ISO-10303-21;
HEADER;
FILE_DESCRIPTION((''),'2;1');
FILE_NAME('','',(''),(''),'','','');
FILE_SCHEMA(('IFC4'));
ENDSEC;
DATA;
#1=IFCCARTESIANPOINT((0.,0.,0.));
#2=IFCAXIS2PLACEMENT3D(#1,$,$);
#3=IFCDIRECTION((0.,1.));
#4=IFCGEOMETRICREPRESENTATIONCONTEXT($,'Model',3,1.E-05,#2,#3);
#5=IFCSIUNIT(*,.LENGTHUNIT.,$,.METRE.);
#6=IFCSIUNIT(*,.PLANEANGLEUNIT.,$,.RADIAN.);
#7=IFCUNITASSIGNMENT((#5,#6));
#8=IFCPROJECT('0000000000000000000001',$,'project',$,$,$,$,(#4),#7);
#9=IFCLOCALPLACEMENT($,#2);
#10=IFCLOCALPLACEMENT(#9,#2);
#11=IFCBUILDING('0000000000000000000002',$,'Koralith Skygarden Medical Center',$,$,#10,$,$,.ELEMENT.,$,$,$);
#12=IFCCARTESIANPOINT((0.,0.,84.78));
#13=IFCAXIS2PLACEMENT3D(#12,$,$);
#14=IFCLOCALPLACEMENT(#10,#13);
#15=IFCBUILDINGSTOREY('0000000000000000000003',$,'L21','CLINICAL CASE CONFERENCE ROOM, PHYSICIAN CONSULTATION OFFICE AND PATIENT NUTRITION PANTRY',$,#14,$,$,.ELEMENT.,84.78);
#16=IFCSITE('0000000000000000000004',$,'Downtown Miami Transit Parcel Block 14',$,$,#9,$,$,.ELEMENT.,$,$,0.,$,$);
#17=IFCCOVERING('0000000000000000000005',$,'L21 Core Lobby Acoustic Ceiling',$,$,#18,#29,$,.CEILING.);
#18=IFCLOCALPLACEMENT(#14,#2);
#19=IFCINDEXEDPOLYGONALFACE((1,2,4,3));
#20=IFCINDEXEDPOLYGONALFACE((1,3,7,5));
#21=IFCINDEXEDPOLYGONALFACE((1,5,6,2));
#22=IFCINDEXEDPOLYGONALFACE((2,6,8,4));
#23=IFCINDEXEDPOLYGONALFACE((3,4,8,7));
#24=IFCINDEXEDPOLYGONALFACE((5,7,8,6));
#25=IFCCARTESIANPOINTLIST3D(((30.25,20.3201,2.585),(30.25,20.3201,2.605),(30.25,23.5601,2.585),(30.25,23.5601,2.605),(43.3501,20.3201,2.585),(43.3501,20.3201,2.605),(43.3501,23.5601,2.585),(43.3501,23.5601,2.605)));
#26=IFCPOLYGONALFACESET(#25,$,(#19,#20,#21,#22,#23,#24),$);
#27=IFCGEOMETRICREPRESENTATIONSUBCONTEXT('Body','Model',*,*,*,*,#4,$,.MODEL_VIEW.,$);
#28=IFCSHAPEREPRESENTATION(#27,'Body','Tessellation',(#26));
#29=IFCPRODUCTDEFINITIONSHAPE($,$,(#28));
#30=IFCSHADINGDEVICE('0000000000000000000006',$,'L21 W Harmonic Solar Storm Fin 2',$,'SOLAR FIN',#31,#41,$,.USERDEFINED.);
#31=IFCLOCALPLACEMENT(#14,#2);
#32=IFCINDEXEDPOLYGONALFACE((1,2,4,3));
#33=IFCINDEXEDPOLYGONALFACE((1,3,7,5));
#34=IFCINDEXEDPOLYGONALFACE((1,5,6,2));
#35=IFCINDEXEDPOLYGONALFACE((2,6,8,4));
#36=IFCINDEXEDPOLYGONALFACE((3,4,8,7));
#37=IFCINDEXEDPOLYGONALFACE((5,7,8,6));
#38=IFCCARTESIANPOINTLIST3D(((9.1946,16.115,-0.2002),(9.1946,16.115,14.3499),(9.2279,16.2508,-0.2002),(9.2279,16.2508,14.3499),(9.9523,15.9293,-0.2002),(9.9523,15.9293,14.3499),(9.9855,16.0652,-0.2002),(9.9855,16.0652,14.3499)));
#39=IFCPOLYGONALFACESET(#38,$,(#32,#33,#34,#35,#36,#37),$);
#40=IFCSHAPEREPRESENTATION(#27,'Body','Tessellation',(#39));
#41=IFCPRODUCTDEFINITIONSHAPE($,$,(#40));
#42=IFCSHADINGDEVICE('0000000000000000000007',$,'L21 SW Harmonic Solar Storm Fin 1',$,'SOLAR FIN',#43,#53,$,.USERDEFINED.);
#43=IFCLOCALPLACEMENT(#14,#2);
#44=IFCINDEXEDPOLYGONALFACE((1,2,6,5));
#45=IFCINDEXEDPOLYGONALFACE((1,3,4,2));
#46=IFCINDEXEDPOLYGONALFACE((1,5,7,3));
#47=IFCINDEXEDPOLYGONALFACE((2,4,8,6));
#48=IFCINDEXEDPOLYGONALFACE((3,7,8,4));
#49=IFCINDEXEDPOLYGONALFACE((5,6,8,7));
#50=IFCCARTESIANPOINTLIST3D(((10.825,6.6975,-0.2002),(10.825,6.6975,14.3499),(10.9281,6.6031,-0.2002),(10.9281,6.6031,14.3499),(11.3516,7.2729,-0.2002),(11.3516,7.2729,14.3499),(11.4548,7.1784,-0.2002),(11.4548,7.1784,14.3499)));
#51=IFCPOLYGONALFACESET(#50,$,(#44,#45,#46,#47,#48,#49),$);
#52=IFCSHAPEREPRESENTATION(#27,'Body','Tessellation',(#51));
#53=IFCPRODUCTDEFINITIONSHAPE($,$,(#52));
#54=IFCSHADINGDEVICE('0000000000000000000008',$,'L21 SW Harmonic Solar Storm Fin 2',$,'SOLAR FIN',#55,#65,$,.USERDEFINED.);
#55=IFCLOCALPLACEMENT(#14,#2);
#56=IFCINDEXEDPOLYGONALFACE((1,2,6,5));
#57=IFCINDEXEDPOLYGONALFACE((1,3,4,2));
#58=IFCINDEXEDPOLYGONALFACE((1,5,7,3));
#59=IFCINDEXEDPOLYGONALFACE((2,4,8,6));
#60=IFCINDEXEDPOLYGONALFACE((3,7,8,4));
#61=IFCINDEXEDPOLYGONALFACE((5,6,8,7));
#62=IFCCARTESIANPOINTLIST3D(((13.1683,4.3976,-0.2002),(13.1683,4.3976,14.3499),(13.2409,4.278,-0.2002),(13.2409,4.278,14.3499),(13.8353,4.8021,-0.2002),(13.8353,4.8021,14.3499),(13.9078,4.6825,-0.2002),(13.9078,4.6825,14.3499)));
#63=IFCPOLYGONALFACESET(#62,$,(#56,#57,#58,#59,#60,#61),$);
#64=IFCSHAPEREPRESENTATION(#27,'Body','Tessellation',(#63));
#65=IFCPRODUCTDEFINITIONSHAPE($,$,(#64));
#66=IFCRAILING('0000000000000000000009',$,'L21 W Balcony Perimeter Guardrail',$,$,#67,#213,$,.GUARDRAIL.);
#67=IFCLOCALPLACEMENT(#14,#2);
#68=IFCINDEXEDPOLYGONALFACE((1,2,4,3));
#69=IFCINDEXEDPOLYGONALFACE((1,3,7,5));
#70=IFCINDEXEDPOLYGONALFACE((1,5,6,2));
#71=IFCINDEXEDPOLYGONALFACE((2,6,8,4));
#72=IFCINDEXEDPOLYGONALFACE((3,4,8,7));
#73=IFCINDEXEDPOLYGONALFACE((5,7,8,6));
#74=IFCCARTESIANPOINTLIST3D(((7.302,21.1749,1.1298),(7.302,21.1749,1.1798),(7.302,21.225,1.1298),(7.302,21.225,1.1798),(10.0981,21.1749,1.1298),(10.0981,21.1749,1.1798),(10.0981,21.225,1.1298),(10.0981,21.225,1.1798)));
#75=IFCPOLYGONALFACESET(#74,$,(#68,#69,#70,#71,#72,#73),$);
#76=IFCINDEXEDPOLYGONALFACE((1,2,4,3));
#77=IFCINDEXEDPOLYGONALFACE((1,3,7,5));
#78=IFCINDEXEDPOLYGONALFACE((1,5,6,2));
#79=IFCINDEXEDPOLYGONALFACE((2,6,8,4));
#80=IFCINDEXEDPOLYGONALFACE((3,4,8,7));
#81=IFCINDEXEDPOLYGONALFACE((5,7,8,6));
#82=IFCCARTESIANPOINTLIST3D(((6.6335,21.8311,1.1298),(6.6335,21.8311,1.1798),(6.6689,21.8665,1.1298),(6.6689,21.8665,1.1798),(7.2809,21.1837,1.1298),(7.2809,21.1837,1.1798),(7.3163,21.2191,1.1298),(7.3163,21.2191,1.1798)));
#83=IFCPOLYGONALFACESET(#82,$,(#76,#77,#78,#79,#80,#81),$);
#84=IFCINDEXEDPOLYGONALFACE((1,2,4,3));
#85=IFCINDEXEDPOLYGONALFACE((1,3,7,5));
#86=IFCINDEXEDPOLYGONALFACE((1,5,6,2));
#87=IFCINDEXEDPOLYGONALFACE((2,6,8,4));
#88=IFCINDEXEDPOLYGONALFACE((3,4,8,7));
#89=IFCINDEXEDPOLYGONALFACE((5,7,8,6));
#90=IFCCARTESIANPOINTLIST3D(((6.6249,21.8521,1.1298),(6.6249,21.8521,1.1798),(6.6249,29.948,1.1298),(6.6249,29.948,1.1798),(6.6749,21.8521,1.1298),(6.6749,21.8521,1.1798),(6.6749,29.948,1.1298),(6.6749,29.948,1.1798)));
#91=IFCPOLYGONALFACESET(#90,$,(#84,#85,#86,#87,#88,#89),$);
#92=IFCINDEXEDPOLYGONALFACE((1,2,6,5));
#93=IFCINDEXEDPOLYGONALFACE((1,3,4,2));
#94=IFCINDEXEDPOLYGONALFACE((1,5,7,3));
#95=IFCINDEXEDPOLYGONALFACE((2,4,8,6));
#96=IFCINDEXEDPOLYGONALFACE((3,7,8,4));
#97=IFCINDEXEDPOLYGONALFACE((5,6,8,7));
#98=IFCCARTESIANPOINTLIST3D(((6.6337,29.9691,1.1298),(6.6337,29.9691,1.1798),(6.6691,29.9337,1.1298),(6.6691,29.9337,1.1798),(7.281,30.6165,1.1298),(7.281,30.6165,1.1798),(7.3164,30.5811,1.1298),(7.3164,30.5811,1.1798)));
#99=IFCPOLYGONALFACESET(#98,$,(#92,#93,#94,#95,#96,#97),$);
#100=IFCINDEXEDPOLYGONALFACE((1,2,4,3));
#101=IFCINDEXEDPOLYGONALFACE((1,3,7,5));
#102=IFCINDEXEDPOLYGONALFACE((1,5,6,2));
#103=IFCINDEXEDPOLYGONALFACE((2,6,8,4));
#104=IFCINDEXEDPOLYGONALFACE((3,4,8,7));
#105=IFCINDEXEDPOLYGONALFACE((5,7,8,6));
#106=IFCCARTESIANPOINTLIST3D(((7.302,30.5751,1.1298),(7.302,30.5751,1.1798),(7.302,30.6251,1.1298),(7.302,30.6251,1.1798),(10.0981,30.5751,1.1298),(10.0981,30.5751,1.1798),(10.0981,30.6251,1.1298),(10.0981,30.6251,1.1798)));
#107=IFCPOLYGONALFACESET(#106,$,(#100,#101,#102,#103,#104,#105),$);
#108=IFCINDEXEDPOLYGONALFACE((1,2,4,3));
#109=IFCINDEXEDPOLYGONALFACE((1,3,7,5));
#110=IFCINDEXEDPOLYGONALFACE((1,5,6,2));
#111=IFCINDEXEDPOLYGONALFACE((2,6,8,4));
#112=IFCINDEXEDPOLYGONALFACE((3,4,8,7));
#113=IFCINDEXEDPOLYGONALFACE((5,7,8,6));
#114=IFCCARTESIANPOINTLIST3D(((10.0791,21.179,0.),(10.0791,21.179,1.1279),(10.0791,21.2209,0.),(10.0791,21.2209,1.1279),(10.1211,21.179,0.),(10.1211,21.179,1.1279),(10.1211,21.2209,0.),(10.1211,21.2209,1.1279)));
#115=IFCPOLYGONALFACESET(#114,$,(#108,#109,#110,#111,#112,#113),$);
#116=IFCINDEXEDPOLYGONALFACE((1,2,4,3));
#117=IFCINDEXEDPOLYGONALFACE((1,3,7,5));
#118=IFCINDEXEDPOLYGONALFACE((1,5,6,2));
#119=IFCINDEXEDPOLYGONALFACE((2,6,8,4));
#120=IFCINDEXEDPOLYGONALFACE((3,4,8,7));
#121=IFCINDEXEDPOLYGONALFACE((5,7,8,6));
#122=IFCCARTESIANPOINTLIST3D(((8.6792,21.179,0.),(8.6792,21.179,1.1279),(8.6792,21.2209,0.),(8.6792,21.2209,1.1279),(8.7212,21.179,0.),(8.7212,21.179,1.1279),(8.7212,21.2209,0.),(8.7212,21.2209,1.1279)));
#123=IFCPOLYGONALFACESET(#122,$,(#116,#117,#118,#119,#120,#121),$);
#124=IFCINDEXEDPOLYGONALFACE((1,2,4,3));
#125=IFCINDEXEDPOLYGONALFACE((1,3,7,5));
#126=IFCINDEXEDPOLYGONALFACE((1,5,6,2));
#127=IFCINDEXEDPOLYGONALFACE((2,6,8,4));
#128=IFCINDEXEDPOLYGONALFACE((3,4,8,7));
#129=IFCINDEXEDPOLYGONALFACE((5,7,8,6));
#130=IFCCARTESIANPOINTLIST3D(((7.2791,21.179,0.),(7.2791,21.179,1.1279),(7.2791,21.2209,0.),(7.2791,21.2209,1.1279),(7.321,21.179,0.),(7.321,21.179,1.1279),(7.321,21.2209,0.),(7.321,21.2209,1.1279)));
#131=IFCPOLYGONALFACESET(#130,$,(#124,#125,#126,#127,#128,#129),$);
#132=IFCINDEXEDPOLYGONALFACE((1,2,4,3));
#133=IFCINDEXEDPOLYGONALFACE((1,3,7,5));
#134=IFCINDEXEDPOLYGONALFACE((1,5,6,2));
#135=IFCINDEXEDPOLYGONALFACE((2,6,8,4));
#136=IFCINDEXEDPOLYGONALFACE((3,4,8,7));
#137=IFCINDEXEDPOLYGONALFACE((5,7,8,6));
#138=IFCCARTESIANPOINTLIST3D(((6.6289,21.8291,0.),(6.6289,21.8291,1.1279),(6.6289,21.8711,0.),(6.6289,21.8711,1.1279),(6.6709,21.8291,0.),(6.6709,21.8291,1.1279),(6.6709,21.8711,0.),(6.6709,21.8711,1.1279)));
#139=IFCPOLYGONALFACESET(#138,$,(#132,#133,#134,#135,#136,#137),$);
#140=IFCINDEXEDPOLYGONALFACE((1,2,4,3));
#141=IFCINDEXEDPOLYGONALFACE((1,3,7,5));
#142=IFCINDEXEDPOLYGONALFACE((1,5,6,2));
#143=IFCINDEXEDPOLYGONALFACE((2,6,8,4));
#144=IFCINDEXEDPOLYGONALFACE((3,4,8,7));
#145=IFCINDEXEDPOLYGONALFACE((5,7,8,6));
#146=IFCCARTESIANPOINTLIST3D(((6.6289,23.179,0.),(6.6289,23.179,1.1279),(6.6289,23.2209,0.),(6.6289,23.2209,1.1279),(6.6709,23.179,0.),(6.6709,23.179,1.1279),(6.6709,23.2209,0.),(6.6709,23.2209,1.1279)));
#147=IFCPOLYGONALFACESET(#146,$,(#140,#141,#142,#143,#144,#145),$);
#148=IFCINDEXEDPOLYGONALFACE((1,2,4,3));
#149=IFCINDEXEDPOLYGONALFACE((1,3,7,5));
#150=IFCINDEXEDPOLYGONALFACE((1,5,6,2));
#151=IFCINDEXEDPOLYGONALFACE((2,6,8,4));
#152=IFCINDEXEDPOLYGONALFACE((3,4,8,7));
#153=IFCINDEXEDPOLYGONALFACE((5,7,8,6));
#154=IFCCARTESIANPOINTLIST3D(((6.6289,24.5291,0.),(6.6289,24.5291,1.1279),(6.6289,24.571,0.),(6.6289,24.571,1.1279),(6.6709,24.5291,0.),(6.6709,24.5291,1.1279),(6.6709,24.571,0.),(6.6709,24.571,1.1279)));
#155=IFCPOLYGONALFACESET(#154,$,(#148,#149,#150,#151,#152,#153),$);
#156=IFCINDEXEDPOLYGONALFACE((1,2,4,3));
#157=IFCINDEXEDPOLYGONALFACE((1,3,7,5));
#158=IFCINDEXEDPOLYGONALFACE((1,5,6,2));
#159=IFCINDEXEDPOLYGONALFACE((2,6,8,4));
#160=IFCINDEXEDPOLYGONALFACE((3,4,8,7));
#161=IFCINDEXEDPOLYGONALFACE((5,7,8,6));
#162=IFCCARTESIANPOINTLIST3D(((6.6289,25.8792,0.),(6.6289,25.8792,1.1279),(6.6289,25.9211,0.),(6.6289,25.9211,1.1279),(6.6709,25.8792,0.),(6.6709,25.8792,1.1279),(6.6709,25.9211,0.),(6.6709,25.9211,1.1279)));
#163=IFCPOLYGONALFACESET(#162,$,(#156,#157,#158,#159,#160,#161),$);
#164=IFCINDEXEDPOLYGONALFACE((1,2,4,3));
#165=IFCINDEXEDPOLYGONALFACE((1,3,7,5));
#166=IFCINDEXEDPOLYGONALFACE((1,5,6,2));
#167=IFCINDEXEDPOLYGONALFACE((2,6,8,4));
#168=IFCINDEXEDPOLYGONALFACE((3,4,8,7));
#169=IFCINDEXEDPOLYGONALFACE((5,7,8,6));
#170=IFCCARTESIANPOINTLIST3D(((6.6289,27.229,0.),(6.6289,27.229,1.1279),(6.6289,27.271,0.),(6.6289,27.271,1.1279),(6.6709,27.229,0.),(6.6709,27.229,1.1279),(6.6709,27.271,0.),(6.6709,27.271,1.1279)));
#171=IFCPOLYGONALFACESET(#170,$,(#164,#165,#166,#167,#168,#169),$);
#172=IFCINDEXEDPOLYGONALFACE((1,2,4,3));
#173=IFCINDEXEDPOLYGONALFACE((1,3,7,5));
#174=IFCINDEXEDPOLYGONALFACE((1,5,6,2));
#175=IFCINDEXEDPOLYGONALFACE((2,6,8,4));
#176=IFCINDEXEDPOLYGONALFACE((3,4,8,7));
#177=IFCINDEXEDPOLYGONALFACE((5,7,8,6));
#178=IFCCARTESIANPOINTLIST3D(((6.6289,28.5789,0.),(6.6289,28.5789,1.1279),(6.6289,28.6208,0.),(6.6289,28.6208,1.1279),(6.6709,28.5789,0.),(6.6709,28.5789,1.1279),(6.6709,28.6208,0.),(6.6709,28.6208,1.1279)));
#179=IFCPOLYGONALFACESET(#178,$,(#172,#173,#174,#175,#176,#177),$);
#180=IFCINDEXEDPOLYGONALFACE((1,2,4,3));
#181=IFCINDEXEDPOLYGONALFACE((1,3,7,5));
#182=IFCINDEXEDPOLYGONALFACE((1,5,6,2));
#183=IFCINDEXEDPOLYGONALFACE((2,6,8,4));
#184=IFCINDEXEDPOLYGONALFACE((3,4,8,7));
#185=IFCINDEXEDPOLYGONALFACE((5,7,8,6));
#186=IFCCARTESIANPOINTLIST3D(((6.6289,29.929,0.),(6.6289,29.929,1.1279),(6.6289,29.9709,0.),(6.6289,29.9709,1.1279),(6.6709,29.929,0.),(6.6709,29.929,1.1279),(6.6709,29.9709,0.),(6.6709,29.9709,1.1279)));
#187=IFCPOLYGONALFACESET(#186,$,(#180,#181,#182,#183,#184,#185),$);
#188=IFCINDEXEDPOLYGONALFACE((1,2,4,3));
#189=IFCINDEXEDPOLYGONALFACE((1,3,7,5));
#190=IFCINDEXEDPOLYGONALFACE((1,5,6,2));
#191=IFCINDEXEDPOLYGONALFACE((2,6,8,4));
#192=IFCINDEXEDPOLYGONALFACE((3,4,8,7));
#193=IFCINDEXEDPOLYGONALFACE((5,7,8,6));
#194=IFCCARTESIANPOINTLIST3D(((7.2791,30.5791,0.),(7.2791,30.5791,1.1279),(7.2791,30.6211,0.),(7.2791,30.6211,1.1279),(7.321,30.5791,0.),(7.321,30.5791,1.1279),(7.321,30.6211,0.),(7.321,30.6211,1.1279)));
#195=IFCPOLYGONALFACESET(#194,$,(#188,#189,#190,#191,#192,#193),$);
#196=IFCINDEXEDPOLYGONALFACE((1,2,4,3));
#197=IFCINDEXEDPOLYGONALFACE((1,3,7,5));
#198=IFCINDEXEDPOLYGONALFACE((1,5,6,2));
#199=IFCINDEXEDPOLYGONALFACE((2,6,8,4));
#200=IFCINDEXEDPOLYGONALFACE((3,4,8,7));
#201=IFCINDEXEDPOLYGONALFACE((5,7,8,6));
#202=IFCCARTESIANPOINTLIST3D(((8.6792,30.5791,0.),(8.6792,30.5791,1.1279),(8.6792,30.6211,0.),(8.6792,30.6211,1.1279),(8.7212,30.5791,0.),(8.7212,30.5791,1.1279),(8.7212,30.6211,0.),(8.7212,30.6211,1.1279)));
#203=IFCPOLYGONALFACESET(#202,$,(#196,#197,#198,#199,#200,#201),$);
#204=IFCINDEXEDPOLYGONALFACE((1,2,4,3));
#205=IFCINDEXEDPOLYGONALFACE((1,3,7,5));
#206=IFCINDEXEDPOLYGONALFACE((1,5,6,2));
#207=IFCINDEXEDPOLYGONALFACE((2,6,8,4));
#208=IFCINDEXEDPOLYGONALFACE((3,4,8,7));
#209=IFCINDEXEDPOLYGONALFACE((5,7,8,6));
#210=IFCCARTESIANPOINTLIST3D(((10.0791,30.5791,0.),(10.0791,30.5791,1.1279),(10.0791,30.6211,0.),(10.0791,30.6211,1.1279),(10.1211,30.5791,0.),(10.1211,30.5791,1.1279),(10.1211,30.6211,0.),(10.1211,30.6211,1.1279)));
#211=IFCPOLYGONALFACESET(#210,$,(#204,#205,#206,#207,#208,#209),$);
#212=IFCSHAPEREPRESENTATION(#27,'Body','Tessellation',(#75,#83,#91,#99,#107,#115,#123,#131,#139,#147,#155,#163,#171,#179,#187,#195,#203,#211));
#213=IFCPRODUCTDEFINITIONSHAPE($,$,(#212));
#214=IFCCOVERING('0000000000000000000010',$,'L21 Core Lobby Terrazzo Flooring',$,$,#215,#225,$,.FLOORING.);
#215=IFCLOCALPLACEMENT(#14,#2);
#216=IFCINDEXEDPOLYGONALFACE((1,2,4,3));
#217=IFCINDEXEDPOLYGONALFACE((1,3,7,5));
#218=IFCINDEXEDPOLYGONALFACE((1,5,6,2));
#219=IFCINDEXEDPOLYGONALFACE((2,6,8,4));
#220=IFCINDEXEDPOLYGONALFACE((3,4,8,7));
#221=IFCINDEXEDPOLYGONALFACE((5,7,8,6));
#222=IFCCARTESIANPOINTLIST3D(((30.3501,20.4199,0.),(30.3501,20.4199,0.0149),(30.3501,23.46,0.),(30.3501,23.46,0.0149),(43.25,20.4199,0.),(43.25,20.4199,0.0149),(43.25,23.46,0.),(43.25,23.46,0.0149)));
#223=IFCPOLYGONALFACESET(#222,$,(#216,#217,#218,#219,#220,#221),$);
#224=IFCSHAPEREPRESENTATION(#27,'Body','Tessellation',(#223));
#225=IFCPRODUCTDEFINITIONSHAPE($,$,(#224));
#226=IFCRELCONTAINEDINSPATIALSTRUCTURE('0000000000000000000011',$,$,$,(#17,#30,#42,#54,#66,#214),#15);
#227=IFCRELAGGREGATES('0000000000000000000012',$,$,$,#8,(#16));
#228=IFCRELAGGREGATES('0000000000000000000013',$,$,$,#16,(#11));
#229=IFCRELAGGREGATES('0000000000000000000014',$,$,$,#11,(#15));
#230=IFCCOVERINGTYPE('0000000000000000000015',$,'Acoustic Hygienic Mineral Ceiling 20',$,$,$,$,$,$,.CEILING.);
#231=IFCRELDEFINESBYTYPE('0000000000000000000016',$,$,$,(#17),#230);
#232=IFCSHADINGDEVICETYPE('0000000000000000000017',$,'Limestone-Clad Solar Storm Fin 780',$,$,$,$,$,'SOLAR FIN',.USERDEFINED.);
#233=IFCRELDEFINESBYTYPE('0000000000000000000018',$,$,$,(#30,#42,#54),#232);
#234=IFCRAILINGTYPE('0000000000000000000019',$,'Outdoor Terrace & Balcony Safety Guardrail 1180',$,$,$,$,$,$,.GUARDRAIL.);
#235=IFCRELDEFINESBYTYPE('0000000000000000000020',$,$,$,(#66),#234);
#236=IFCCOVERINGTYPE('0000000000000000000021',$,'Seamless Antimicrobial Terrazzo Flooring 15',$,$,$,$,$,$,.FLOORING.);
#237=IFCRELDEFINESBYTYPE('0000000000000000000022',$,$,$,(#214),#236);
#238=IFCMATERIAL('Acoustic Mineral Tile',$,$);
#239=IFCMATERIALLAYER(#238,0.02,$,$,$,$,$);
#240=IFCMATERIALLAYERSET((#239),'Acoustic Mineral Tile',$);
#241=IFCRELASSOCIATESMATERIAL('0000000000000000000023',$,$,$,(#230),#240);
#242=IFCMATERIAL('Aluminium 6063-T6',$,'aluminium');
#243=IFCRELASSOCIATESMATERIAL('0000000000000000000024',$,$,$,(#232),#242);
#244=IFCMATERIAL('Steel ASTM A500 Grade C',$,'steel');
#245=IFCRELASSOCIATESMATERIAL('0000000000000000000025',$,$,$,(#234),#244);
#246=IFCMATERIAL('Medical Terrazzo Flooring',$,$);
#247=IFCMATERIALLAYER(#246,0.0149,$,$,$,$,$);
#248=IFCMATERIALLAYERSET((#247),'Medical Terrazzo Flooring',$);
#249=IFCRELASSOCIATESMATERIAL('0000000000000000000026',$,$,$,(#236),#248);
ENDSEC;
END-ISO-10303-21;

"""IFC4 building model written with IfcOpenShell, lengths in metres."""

from ifc_helpers import new_model, si_unit, direction, frame, origin, origin_2d, place, context, subcontext, project, spatial, polyline, rectangle, outline, extrude, material, layer, layer_set, type_object, element, save


model = new_model("IFC4")

# Units and contexts
model_context = context("Model", 3, precision=1e-05, world=origin(), true_north=direction((0.0, 1.0)))
body_context = subcontext(model_context, "Body", "Model", "MODEL_VIEW")
ifc_project = project(units=[si_unit("LENGTHUNIT", "METRE"), si_unit("PLANEANGLEUNIT", "RADIAN")], contexts=[model_context])

# Site, building, storey
site_placement = place(None, origin())
site = spatial("IfcSite", under=ifc_project, at=site_placement, Name="Downtown Miami Transit Parcel Block 14", CompositionType="ELEMENT", RefElevation=0.0)
building_placement = place(site_placement, origin())
building = spatial("IfcBuilding", under=site, at=building_placement, Name="Koralith Skygarden Medical Center", CompositionType="ELEMENT")
storey_placement = place(building_placement, frame((0.0, 0.0, 84.78)))
storey = spatial("IfcBuildingStorey", under=building, at=storey_placement, Name="L21", Description="CLINICAL CASE CONFERENCE ROOM, PHYSICIAN CONSULTATION OFFICE AND PATIENT NUTRITION PANTRY", CompositionType="ELEMENT", Elevation=84.78)

# Shared definitions
ifc_material_1 = material(Name="Aluminium 6063-T6", Category="aluminium")

# Covering
ifc_material_2 = material(Name="Acoustic Mineral Tile")
ifc_layer_1 = layer(ifc_material_2, 0.02)
ifc_layer_set_1 = layer_set([ifc_layer_1], Name="Acoustic Mineral Tile")
covering_type_1 = type_object("IfcCoveringType", Name="Acoustic Hygienic Mineral Ceiling 20", PredefinedType="CEILING", material=ifc_layer_set_1)
covering_1_placement = place(storey_placement, frame((0.0, 0.0, 2.585)))
element("IfcCovering", 1, at=covering_1_placement, inside=storey, type_object=covering_type_1, Name="L21 Core Lobby Acoustic Ceiling", PredefinedType="CEILING", context=body_context, shape_type="SweptSolid", body=[
    extrude(outline(polyline([(30.25, 20.3201), (43.3501, 20.3201), (43.3501, 23.5601), (30.25, 23.5601), (30.25, 20.3201)])), origin(), (0.0, 0.0, 1.0), 0.02),
])

# Shading devices
shading_device_type = type_object("IfcShadingDeviceType", Name="Limestone-Clad Solar Storm Fin 780", ElementType="SOLAR FIN", PredefinedType="USERDEFINED", material=ifc_material_1)
for number, where, z_axis, x_axis, name in (
    (2, (9.5901, 16.0901, -0.2002), (0.0, 0.0, 1.0), (-0.971272, 0.237974, 0.0), "L21 W Harmonic Solar Storm Fin 2"),
    (3, (11.1399, 6.938, -0.2002), (0.0, 0.0, 1.0), (-0.675204, -0.737631, 0.0), "L21 SW Harmonic Solar Storm Fin 1"),
    (4, (13.5381, 4.54, -0.2002), (0.0, 0.0, 1.0), (-0.855066, -0.51852, 0.0), "L21 SW Harmonic Solar Storm Fin 2"),
):
    element("IfcShadingDevice", number, at=place(storey_placement, frame(where, z_axis=z_axis, x_axis=x_axis)), inside=storey, type_object=shading_device_type, Name=name, ObjectType="SOLAR FIN", PredefinedType="USERDEFINED", context=body_context, shape_type="SweptSolid", body=[
        extrude(rectangle(XDim=0.78, YDim=0.1399, at=origin_2d()), origin(), (0.0, 0.0, 1.0), 14.55),
    ])

# Railing
ifc_material_3 = material(Name="Steel ASTM A500 Grade C", Category="steel")
railing_type = type_object("IfcRailingType", Name="Outdoor Terrace & Balcony Safety Guardrail 1180", PredefinedType="GUARDRAIL", material=ifc_material_3)
railing_placement = place(storey_placement, frame((10.1001, 21.2, 0.0)))
element("IfcRailing", 5, at=railing_placement, inside=storey, type_object=railing_type, Name="L21 W Balcony Perimeter Guardrail", PredefinedType="GUARDRAIL", context=body_context, shape_type="SweptSolid", body=[
    extrude(rectangle(XDim=0.05, YDim=0.05, at=origin_2d()), frame((-0.002, 0.0, 1.1548), z_axis=(-1.0, 0.0, 0.0), x_axis=(0.0, -1.0, 0.0)), (0.0, 0.0, 1.0), 2.7961),
    extrude(rectangle(XDim=0.05, YDim=0.05, at=origin_2d()), frame((-2.8015, 0.0015, 1.1548), z_axis=(-0.707107, 0.707107, 0.0), x_axis=(-0.707107, -0.707107, 0.0)), (0.0, 0.0, 1.0), 0.9155),
    extrude(rectangle(XDim=0.05, YDim=0.05, at=origin_2d()), frame((-3.4502, 0.6521, 1.1548), z_axis=(0.0, 1.0, 0.0), x_axis=(-1.0, 0.0, 0.0)), (0.0, 0.0, 1.0), 8.0959),
    extrude(rectangle(XDim=0.05, YDim=0.05, at=origin_2d()), frame((-3.4487, 8.7515, 1.1548), z_axis=(0.707107, 0.707107, 0.0), x_axis=(-0.707107, 0.707107, 0.0)), (0.0, 0.0, 1.0), 0.9155),
    extrude(rectangle(XDim=0.05, YDim=0.05, at=origin_2d()), frame((-2.7981, 9.4001, 1.1548), z_axis=(1.0, 0.0, 0.0), x_axis=(0.0, 1.0, 0.0)), (0.0, 0.0, 1.0), 2.7961),
    extrude(rectangle(XDim=0.042, YDim=0.042, at=origin_2d()), origin(), (0.0, 0.0, 1.0), 1.1279),
    extrude(rectangle(XDim=0.042, YDim=0.042, at=origin_2d()), frame((-1.3999, 0.0, 0.0)), (0.0, 0.0, 1.0), 1.1279),
    extrude(rectangle(XDim=0.042, YDim=0.042, at=origin_2d()), frame((-2.8, 0.0, 0.0)), (0.0, 0.0, 1.0), 1.1279),
    extrude(rectangle(XDim=0.042, YDim=0.042, at=origin_2d()), frame((-3.4502, 0.6501, 0.0)), (0.0, 0.0, 1.0), 1.1279),
    extrude(rectangle(XDim=0.042, YDim=0.042, at=origin_2d()), frame((-3.4502, 2.0, 0.0)), (0.0, 0.0, 1.0), 1.1279),
    extrude(rectangle(XDim=0.042, YDim=0.042, at=origin_2d()), frame((-3.4502, 3.3501, 0.0)), (0.0, 0.0, 1.0), 1.1279),
    extrude(rectangle(XDim=0.042, YDim=0.042, at=origin_2d()), frame((-3.4502, 4.7002, 0.0)), (0.0, 0.0, 1.0), 1.1279),
    extrude(rectangle(XDim=0.042, YDim=0.042, at=origin_2d()), frame((-3.4502, 6.05, 0.0)), (0.0, 0.0, 1.0), 1.1279),
    extrude(rectangle(XDim=0.042, YDim=0.042, at=origin_2d()), frame((-3.4502, 7.3999, 0.0)), (0.0, 0.0, 1.0), 1.1279),
    extrude(rectangle(XDim=0.042, YDim=0.042, at=origin_2d()), frame((-3.4502, 8.75, 0.0)), (0.0, 0.0, 1.0), 1.1279),
    extrude(rectangle(XDim=0.042, YDim=0.042, at=origin_2d()), frame((-2.8, 9.4001, 0.0)), (0.0, 0.0, 1.0), 1.1279),
    extrude(rectangle(XDim=0.042, YDim=0.042, at=origin_2d()), frame((-1.3999, 9.4001, 0.0)), (0.0, 0.0, 1.0), 1.1279),
    extrude(rectangle(XDim=0.042, YDim=0.042, at=origin_2d()), frame((0.0, 9.4001, 0.0)), (0.0, 0.0, 1.0), 1.1279),
])

# Covering
ifc_material_4 = material(Name="Medical Terrazzo Flooring")
ifc_layer_2 = layer(ifc_material_4, 0.0149)
ifc_layer_set_2 = layer_set([ifc_layer_2], Name="Medical Terrazzo Flooring")
covering_type_2 = type_object("IfcCoveringType", Name="Seamless Antimicrobial Terrazzo Flooring 15", PredefinedType="FLOORING", material=ifc_layer_set_2)
covering_2_placement = place(storey_placement, origin())
element("IfcCovering", 6, at=covering_2_placement, inside=storey, type_object=covering_type_2, Name="L21 Core Lobby Terrazzo Flooring", PredefinedType="FLOORING", context=body_context, shape_type="SweptSolid", body=[
    extrude(outline(polyline([(30.3501, 20.4199), (43.25, 20.4199), (43.25, 23.46), (30.3501, 23.46), (30.3501, 20.4199)])), origin(), (0.0, 0.0, 1.0), 0.0149),
])

save(model, "model.ifc")
